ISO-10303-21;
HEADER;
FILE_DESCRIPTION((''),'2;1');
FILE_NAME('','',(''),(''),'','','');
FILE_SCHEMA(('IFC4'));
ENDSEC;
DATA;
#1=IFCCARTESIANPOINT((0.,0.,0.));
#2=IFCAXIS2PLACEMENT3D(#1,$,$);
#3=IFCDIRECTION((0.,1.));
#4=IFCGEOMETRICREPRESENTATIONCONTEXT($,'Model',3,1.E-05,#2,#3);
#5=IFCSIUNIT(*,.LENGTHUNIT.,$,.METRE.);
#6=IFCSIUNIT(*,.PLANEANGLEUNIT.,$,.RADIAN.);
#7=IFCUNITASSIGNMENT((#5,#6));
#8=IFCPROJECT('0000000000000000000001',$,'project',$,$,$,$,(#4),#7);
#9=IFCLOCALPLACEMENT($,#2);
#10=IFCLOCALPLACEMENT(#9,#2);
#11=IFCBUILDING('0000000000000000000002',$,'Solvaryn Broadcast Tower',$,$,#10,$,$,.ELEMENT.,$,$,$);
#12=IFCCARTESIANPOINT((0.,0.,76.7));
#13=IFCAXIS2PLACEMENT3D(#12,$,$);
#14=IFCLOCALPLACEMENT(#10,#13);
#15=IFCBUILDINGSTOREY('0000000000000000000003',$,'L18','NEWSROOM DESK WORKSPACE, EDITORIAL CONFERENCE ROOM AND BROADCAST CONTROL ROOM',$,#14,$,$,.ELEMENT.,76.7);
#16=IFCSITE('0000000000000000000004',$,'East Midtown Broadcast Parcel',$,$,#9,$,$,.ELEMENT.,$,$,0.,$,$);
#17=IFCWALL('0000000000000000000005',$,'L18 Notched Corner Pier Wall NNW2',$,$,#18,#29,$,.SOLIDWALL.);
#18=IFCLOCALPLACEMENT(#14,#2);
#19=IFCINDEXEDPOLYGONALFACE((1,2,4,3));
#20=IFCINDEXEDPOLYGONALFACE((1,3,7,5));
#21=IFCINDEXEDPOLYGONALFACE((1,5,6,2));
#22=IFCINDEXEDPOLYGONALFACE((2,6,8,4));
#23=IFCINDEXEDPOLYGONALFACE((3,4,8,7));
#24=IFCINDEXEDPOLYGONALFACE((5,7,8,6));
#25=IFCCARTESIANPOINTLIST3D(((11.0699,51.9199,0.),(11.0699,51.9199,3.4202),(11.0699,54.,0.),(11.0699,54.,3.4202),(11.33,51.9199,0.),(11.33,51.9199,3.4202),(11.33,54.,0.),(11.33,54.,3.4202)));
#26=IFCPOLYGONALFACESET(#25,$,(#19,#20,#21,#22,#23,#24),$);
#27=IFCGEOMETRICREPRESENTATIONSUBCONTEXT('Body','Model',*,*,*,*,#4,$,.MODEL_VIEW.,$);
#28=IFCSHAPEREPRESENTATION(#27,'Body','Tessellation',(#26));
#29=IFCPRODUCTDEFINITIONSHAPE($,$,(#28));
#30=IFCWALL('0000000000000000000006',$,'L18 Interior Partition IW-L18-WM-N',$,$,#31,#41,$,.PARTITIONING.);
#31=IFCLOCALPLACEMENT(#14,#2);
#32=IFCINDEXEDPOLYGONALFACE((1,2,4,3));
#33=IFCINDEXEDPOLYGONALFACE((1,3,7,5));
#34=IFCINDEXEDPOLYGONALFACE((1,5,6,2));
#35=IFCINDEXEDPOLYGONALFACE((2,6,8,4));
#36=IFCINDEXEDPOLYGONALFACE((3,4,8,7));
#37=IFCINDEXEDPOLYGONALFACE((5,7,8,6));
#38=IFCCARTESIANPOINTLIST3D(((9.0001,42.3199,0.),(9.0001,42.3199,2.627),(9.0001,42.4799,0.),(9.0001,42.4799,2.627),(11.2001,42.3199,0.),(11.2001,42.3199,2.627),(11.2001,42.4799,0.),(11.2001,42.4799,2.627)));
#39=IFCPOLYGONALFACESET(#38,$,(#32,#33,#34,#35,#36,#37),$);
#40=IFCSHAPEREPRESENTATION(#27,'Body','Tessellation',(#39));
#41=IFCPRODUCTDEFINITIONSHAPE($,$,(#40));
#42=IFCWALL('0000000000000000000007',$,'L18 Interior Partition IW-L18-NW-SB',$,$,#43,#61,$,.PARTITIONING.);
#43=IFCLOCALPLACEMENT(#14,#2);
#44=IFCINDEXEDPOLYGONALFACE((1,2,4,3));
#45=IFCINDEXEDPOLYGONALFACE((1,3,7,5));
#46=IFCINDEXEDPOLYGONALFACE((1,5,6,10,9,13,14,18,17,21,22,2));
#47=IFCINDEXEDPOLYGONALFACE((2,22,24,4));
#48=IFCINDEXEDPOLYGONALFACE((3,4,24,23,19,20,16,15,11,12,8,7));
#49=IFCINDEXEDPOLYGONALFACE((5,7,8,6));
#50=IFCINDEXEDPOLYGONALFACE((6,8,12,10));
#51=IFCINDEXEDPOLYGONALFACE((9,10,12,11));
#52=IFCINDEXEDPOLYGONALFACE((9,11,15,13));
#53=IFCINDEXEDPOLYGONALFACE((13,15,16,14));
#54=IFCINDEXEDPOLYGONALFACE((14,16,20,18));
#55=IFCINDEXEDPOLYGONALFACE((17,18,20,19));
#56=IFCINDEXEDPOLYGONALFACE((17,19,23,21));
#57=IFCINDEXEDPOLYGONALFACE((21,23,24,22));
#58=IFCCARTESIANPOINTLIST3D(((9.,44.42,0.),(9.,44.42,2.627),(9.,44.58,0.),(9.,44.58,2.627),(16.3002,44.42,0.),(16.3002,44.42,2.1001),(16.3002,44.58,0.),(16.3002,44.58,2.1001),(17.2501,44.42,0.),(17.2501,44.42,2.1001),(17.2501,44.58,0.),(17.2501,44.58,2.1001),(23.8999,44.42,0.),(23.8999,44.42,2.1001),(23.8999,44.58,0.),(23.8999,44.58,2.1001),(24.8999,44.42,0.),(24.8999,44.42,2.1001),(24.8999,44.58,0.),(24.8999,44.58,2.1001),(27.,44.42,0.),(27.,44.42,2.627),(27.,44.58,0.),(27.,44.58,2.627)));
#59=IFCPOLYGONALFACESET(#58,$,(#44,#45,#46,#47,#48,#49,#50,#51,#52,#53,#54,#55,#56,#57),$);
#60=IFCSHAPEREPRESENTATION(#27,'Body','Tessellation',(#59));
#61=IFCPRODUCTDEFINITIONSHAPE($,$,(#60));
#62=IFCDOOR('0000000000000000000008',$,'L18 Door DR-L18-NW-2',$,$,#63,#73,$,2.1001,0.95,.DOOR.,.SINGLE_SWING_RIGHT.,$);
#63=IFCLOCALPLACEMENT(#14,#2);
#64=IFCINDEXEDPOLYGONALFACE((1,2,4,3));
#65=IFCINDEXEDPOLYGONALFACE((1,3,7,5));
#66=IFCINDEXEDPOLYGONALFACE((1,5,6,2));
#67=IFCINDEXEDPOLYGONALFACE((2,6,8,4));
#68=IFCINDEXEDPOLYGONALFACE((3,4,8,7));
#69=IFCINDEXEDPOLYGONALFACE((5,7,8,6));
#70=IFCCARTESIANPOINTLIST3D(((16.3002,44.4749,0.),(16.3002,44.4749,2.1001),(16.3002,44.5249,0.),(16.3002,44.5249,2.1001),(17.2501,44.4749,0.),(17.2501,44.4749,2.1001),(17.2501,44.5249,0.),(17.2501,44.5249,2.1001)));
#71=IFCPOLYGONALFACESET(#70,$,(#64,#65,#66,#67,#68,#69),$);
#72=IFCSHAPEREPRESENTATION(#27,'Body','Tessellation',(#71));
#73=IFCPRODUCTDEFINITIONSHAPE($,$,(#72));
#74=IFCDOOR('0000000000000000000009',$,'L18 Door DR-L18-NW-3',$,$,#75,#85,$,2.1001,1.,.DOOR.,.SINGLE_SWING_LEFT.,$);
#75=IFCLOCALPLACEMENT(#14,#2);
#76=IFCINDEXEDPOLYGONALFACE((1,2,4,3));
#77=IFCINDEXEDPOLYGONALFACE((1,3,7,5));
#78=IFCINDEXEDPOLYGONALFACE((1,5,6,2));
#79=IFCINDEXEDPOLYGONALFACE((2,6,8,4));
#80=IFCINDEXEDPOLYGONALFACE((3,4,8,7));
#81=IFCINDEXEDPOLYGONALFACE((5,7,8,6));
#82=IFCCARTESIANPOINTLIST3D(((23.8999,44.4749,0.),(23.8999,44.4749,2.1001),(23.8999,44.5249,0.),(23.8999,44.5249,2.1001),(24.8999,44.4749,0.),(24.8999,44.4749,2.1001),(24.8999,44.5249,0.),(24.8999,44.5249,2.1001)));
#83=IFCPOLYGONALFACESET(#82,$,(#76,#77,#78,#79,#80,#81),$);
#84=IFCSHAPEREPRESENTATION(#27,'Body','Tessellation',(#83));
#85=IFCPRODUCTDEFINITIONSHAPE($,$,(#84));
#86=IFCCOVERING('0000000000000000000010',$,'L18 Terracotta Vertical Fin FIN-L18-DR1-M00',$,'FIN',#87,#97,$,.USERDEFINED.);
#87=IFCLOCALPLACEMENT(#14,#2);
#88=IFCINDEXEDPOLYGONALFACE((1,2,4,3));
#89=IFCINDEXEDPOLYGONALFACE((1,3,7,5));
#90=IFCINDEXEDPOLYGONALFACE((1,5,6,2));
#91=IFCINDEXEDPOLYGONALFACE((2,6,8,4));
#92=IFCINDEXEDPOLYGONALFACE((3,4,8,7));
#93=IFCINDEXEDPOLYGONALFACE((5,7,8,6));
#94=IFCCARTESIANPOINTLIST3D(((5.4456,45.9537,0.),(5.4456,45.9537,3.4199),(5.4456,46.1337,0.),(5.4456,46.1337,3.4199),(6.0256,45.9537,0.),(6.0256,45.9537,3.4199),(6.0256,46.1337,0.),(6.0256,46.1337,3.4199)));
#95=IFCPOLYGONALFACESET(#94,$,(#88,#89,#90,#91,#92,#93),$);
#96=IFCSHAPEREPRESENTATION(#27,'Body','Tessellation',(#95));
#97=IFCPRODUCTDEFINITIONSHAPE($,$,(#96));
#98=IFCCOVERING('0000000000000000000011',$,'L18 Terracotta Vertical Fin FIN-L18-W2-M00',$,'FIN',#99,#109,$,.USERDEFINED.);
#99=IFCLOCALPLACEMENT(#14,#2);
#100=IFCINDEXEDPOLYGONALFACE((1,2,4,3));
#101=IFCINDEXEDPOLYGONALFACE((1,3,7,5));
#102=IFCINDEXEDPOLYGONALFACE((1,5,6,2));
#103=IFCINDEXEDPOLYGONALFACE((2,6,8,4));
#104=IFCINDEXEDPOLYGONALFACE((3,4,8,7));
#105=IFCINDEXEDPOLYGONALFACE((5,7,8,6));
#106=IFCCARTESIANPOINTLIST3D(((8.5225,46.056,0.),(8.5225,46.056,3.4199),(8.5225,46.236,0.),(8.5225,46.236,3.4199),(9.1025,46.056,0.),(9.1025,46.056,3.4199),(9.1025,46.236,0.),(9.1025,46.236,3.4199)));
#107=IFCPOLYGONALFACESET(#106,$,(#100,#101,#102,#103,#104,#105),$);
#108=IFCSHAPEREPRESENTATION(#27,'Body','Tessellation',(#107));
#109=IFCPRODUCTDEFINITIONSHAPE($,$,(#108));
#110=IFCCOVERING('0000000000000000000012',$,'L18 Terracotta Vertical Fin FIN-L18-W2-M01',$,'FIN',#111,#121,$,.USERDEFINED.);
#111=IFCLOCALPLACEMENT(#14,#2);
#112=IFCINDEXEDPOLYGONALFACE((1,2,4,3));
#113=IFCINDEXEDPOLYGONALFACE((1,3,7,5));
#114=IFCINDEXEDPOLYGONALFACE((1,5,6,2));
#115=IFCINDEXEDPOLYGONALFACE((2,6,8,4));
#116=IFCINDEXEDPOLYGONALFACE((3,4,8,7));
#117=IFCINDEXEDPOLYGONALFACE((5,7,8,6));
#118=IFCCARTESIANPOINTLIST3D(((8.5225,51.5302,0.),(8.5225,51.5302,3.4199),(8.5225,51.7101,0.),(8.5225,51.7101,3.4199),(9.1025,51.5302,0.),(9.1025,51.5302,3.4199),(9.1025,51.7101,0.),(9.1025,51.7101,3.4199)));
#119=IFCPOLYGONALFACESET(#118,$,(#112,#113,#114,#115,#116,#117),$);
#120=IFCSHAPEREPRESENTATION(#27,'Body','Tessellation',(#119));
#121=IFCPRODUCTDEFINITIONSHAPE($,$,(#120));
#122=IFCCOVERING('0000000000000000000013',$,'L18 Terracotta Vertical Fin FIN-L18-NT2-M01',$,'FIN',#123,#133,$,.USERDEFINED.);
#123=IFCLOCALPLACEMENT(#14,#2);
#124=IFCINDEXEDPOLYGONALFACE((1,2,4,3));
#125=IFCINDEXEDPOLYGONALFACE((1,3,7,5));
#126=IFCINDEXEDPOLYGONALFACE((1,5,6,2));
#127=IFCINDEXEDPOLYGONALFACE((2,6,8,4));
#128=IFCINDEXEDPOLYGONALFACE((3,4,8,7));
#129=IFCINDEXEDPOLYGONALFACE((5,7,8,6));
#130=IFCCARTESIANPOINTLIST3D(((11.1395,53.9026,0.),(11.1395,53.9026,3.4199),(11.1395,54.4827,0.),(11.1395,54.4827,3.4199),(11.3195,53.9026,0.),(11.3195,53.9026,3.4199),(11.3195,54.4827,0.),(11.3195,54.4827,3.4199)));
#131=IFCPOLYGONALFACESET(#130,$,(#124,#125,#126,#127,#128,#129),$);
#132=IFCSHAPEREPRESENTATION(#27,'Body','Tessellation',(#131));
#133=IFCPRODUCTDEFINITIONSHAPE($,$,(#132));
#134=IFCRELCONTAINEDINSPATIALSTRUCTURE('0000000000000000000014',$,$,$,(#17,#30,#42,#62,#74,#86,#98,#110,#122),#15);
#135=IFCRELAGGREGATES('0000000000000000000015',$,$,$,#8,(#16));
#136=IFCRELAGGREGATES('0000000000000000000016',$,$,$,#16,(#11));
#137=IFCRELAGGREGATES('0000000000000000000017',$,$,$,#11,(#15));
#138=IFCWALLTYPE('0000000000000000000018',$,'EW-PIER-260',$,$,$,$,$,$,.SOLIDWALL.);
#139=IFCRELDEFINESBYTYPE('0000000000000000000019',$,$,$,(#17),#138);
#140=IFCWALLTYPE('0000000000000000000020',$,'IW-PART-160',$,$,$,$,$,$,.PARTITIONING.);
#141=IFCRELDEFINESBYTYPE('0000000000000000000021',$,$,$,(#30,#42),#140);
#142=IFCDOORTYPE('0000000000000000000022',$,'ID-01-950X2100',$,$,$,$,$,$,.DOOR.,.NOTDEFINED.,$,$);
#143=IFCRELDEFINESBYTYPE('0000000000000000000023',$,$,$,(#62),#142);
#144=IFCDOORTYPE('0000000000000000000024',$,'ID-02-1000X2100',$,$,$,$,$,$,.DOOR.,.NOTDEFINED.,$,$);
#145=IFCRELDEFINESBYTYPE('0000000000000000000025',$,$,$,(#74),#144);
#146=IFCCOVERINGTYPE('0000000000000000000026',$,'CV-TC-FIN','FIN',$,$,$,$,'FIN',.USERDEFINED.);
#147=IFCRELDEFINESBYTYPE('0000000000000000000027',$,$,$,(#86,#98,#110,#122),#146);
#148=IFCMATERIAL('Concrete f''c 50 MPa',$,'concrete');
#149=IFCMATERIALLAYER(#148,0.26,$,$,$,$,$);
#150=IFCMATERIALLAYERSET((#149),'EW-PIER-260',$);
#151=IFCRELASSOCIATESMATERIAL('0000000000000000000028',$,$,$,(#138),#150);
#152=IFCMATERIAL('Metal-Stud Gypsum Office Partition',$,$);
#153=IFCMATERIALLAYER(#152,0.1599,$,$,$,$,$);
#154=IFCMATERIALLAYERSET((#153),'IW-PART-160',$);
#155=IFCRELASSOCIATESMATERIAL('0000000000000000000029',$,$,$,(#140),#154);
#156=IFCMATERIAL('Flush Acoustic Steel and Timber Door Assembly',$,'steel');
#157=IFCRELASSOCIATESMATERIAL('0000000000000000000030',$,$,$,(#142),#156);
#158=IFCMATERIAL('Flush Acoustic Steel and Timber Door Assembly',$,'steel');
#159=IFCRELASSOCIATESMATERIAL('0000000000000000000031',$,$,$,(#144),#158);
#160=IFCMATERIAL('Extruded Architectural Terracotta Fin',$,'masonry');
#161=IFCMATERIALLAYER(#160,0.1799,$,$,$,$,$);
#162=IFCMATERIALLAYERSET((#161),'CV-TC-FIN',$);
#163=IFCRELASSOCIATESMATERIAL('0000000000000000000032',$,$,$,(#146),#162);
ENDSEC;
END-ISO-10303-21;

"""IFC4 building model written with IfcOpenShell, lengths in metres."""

from ifc_helpers import new_model, si_unit, direction, frame, frame_2d, origin, origin_2d, place, context, subcontext, project, spatial, rectangle, extrude, material, layer, layer_set, type_object, element, fill, save


model = new_model("IFC4")

# Units and contexts
model_context = context("Model", 3, precision=1e-05, world=origin(), true_north=direction((0.0, 1.0)))
body_context = subcontext(model_context, "Body", "Model", "MODEL_VIEW")
ifc_project = project(units=[si_unit("LENGTHUNIT", "METRE"), si_unit("PLANEANGLEUNIT", "RADIAN")], contexts=[model_context])

# Site, building, storey
site_placement = place(None, origin())
site = spatial("IfcSite", under=ifc_project, at=site_placement, Name="East Midtown Broadcast Parcel", CompositionType="ELEMENT", RefElevation=0.0)
building_placement = place(site_placement, origin())
building = spatial("IfcBuilding", under=site, at=building_placement, Name="Solvaryn Broadcast Tower", CompositionType="ELEMENT")
storey_placement = place(building_placement, frame((0.0, 0.0, 76.7)))
storey = spatial("IfcBuildingStorey", under=building, at=storey_placement, Name="L18", Description="NEWSROOM DESK WORKSPACE, EDITORIAL CONFERENCE ROOM AND BROADCAST CONTROL ROOM", CompositionType="ELEMENT", Elevation=76.7)

# Walls
ifc_material_1 = material(Name="Concrete f'c 50 MPa", Category="concrete")
ifc_layer_1 = layer(ifc_material_1, 0.26)
ifc_layer_set_1 = layer_set([ifc_layer_1], Name="EW-PIER-260")
wall_type_1 = type_object("IfcWallType", Name="EW-PIER-260", PredefinedType="SOLIDWALL", material=ifc_layer_set_1)
wall_1_placement = place(storey_placement, frame((11.2, 51.9199, 0.0), z_axis=(0.0, 0.0, 1.0), x_axis=(0.0, 1.0, 0.0)))
element("IfcWall", 1, at=wall_1_placement, inside=storey, type_object=wall_type_1, Name="L18 Notched Corner Pier Wall NNW2", PredefinedType="SOLIDWALL", context=body_context, shape_type="SweptSolid", body=[
    extrude(rectangle(XDim=2.0801, YDim=0.26, at=frame_2d((1.04, 0.0))), origin(), (0.0, 0.0, 1.0), 3.4202),
])
ifc_material_2 = material(Name="Metal-Stud Gypsum Office Partition")
ifc_layer_2 = layer(ifc_material_2, 0.1599)
ifc_layer_set_2 = layer_set([ifc_layer_2], Name="IW-PART-160")
wall_type_2 = type_object("IfcWallType", Name="IW-PART-160", PredefinedType="PARTITIONING", material=ifc_layer_set_2)
wall_2_placement = place(storey_placement, frame((9.0, 42.3999, 0.0), z_axis=(0.0, 0.0, 1.0), x_axis=(1.0, 0.0, 0.0)))
element("IfcWall", 2, at=wall_2_placement, inside=storey, type_object=wall_type_2, Name="L18 Interior Partition IW-L18-WM-N", PredefinedType="PARTITIONING", context=body_context, shape_type="SweptSolid", body=[
    extrude(rectangle(XDim=2.2, YDim=0.1599, at=frame_2d((1.1001, 0.0))), origin(), (0.0, 0.0, 1.0), 2.627),
])

# Wall, openings, doors
wall_3_placement = place(storey_placement, frame((9.0, 44.5, 0.0), z_axis=(0.0, 0.0, 1.0), x_axis=(1.0, 0.0, 0.0)))
wall_3 = element("IfcWall", 3, at=wall_3_placement, inside=storey, type_object=wall_type_2, Name="L18 Interior Partition IW-L18-NW-SB", PredefinedType="PARTITIONING", context=body_context, shape_type="SweptSolid", body=[
    extrude(rectangle(XDim=18.0, YDim=0.1599, at=frame_2d((9.0, 0.0))), origin(), (0.0, 0.0, 1.0), 2.627),
])
opening_1_placement = place(wall_3_placement, frame((7.3, 0.0, 0.0)))
opening_1 = element("IfcOpeningElement", 4, at=opening_1_placement, cuts=wall_3, PredefinedType="OPENING", context=body_context, shape_type="SweptSolid", body=[
    extrude(rectangle(XDim=0.95, YDim=2.1001, at=frame_2d((0.4751, 1.05))), frame((0.0, 0.0901, 0.0), z_axis=(0.0, -1.0, 0.0), x_axis=(1.0, 0.0, 0.0)), (0.0, 0.0, 1.0), 0.1799),
])
opening_2_placement = place(wall_3_placement, frame((14.8999, 0.0, 0.0)))
opening_2 = element("IfcOpeningElement", 5, at=opening_2_placement, cuts=wall_3, PredefinedType="OPENING", context=body_context, shape_type="SweptSolid", body=[
    extrude(rectangle(XDim=1.0, YDim=2.1001, at=frame_2d((0.5, 1.05))), frame((0.0, 0.0901, 0.0), z_axis=(0.0, -1.0, 0.0), x_axis=(1.0, 0.0, 0.0)), (0.0, 0.0, 1.0), 0.1799),
])
ifc_material_3 = material(Name="Flush Acoustic Steel and Timber Door Assembly", Category="steel")
door_type_1 = type_object("IfcDoorType", Name="ID-01-950X2100", OperationType="NOTDEFINED", PredefinedType="DOOR", material=ifc_material_3)
door_1_placement = place(opening_1_placement, origin())
door_1 = element("IfcDoor", 6, at=door_1_placement, inside=storey, type_object=door_type_1, Name="L18 Door DR-L18-NW-2", OperationType="SINGLE_SWING_RIGHT", OverallHeight=2.1001, OverallWidth=0.95, PredefinedType="DOOR", context=body_context, shape_type="SweptSolid", body=[
    extrude(rectangle(XDim=0.95, YDim=2.1001, at=frame_2d((0.4751, 1.05))), frame((0.0, 0.0249, 0.0), z_axis=(0.0, -1.0, 0.0), x_axis=(1.0, 0.0, 0.0)), (0.0, 0.0, 1.0), 0.05),
])
fill(opening_1, door_1)
ifc_material_4 = material(Name="Flush Acoustic Steel and Timber Door Assembly", Category="steel")
door_type_2 = type_object("IfcDoorType", Name="ID-02-1000X2100", OperationType="NOTDEFINED", PredefinedType="DOOR", material=ifc_material_4)
door_2_placement = place(opening_2_placement, origin())
door_2 = element("IfcDoor", 7, at=door_2_placement, inside=storey, type_object=door_type_2, Name="L18 Door DR-L18-NW-3", OperationType="SINGLE_SWING_LEFT", OverallHeight=2.1001, OverallWidth=1.0, PredefinedType="DOOR", context=body_context, shape_type="SweptSolid", body=[
    extrude(rectangle(XDim=1.0, YDim=2.1001, at=frame_2d((0.5, 1.05))), frame((0.0, 0.0249, 0.0), z_axis=(0.0, -1.0, 0.0), x_axis=(1.0, 0.0, 0.0)), (0.0, 0.0, 1.0), 0.05),
])
fill(opening_2, door_2)

# Coverings
ifc_material_5 = material(Name="Extruded Architectural Terracotta Fin", Category="masonry")
ifc_layer_3 = layer(ifc_material_5, 0.1799)
ifc_layer_set_3 = layer_set([ifc_layer_3], Name="CV-TC-FIN")
covering_type = type_object("IfcCoveringType", Name="CV-TC-FIN", Description="FIN", ElementType="FIN", PredefinedType="USERDEFINED", material=ifc_layer_set_3)
for number, where, z_axis, x_axis, name in (
    (8, (5.7356, 46.0437, 0.0), (0.0, 0.0, 1.0), (1.0, 0.0, 0.0), "L18 Terracotta Vertical Fin FIN-L18-DR1-M00"),
    (9, (8.8125, 46.146, 0.0), (0.0, 0.0, 1.0), (1.0, 0.0, 0.0), "L18 Terracotta Vertical Fin FIN-L18-W2-M00"),
    (10, (8.8125, 51.6201, 0.0), (0.0, 0.0, 1.0), (1.0, 0.0, 0.0), "L18 Terracotta Vertical Fin FIN-L18-W2-M01"),
):
    element("IfcCovering", number, at=place(storey_placement, frame(where, z_axis=z_axis, x_axis=x_axis)), inside=storey, type_object=covering_type, Name=name, ObjectType="FIN", PredefinedType="USERDEFINED", context=body_context, shape_type="SweptSolid", body=[
        extrude(rectangle(XDim=0.5801, YDim=0.1799, at=origin_2d()), origin(), (0.0, 0.0, 1.0), 3.4199),
    ])
covering_placement = place(storey_placement, frame((11.2295, 54.1926, 0.0), z_axis=(0.0, 0.0, 1.0), x_axis=(1.0, 0.0, 0.0)))
element("IfcCovering", 11, at=covering_placement, inside=storey, type_object=covering_type, Name="L18 Terracotta Vertical Fin FIN-L18-NT2-M01", ObjectType="FIN", PredefinedType="USERDEFINED", context=body_context, shape_type="SweptSolid", body=[
    extrude(rectangle(XDim=0.1799, YDim=0.5801, at=origin_2d()), origin(), (0.0, 0.0, 1.0), 3.4199),
])

save(model, "model.ifc")
